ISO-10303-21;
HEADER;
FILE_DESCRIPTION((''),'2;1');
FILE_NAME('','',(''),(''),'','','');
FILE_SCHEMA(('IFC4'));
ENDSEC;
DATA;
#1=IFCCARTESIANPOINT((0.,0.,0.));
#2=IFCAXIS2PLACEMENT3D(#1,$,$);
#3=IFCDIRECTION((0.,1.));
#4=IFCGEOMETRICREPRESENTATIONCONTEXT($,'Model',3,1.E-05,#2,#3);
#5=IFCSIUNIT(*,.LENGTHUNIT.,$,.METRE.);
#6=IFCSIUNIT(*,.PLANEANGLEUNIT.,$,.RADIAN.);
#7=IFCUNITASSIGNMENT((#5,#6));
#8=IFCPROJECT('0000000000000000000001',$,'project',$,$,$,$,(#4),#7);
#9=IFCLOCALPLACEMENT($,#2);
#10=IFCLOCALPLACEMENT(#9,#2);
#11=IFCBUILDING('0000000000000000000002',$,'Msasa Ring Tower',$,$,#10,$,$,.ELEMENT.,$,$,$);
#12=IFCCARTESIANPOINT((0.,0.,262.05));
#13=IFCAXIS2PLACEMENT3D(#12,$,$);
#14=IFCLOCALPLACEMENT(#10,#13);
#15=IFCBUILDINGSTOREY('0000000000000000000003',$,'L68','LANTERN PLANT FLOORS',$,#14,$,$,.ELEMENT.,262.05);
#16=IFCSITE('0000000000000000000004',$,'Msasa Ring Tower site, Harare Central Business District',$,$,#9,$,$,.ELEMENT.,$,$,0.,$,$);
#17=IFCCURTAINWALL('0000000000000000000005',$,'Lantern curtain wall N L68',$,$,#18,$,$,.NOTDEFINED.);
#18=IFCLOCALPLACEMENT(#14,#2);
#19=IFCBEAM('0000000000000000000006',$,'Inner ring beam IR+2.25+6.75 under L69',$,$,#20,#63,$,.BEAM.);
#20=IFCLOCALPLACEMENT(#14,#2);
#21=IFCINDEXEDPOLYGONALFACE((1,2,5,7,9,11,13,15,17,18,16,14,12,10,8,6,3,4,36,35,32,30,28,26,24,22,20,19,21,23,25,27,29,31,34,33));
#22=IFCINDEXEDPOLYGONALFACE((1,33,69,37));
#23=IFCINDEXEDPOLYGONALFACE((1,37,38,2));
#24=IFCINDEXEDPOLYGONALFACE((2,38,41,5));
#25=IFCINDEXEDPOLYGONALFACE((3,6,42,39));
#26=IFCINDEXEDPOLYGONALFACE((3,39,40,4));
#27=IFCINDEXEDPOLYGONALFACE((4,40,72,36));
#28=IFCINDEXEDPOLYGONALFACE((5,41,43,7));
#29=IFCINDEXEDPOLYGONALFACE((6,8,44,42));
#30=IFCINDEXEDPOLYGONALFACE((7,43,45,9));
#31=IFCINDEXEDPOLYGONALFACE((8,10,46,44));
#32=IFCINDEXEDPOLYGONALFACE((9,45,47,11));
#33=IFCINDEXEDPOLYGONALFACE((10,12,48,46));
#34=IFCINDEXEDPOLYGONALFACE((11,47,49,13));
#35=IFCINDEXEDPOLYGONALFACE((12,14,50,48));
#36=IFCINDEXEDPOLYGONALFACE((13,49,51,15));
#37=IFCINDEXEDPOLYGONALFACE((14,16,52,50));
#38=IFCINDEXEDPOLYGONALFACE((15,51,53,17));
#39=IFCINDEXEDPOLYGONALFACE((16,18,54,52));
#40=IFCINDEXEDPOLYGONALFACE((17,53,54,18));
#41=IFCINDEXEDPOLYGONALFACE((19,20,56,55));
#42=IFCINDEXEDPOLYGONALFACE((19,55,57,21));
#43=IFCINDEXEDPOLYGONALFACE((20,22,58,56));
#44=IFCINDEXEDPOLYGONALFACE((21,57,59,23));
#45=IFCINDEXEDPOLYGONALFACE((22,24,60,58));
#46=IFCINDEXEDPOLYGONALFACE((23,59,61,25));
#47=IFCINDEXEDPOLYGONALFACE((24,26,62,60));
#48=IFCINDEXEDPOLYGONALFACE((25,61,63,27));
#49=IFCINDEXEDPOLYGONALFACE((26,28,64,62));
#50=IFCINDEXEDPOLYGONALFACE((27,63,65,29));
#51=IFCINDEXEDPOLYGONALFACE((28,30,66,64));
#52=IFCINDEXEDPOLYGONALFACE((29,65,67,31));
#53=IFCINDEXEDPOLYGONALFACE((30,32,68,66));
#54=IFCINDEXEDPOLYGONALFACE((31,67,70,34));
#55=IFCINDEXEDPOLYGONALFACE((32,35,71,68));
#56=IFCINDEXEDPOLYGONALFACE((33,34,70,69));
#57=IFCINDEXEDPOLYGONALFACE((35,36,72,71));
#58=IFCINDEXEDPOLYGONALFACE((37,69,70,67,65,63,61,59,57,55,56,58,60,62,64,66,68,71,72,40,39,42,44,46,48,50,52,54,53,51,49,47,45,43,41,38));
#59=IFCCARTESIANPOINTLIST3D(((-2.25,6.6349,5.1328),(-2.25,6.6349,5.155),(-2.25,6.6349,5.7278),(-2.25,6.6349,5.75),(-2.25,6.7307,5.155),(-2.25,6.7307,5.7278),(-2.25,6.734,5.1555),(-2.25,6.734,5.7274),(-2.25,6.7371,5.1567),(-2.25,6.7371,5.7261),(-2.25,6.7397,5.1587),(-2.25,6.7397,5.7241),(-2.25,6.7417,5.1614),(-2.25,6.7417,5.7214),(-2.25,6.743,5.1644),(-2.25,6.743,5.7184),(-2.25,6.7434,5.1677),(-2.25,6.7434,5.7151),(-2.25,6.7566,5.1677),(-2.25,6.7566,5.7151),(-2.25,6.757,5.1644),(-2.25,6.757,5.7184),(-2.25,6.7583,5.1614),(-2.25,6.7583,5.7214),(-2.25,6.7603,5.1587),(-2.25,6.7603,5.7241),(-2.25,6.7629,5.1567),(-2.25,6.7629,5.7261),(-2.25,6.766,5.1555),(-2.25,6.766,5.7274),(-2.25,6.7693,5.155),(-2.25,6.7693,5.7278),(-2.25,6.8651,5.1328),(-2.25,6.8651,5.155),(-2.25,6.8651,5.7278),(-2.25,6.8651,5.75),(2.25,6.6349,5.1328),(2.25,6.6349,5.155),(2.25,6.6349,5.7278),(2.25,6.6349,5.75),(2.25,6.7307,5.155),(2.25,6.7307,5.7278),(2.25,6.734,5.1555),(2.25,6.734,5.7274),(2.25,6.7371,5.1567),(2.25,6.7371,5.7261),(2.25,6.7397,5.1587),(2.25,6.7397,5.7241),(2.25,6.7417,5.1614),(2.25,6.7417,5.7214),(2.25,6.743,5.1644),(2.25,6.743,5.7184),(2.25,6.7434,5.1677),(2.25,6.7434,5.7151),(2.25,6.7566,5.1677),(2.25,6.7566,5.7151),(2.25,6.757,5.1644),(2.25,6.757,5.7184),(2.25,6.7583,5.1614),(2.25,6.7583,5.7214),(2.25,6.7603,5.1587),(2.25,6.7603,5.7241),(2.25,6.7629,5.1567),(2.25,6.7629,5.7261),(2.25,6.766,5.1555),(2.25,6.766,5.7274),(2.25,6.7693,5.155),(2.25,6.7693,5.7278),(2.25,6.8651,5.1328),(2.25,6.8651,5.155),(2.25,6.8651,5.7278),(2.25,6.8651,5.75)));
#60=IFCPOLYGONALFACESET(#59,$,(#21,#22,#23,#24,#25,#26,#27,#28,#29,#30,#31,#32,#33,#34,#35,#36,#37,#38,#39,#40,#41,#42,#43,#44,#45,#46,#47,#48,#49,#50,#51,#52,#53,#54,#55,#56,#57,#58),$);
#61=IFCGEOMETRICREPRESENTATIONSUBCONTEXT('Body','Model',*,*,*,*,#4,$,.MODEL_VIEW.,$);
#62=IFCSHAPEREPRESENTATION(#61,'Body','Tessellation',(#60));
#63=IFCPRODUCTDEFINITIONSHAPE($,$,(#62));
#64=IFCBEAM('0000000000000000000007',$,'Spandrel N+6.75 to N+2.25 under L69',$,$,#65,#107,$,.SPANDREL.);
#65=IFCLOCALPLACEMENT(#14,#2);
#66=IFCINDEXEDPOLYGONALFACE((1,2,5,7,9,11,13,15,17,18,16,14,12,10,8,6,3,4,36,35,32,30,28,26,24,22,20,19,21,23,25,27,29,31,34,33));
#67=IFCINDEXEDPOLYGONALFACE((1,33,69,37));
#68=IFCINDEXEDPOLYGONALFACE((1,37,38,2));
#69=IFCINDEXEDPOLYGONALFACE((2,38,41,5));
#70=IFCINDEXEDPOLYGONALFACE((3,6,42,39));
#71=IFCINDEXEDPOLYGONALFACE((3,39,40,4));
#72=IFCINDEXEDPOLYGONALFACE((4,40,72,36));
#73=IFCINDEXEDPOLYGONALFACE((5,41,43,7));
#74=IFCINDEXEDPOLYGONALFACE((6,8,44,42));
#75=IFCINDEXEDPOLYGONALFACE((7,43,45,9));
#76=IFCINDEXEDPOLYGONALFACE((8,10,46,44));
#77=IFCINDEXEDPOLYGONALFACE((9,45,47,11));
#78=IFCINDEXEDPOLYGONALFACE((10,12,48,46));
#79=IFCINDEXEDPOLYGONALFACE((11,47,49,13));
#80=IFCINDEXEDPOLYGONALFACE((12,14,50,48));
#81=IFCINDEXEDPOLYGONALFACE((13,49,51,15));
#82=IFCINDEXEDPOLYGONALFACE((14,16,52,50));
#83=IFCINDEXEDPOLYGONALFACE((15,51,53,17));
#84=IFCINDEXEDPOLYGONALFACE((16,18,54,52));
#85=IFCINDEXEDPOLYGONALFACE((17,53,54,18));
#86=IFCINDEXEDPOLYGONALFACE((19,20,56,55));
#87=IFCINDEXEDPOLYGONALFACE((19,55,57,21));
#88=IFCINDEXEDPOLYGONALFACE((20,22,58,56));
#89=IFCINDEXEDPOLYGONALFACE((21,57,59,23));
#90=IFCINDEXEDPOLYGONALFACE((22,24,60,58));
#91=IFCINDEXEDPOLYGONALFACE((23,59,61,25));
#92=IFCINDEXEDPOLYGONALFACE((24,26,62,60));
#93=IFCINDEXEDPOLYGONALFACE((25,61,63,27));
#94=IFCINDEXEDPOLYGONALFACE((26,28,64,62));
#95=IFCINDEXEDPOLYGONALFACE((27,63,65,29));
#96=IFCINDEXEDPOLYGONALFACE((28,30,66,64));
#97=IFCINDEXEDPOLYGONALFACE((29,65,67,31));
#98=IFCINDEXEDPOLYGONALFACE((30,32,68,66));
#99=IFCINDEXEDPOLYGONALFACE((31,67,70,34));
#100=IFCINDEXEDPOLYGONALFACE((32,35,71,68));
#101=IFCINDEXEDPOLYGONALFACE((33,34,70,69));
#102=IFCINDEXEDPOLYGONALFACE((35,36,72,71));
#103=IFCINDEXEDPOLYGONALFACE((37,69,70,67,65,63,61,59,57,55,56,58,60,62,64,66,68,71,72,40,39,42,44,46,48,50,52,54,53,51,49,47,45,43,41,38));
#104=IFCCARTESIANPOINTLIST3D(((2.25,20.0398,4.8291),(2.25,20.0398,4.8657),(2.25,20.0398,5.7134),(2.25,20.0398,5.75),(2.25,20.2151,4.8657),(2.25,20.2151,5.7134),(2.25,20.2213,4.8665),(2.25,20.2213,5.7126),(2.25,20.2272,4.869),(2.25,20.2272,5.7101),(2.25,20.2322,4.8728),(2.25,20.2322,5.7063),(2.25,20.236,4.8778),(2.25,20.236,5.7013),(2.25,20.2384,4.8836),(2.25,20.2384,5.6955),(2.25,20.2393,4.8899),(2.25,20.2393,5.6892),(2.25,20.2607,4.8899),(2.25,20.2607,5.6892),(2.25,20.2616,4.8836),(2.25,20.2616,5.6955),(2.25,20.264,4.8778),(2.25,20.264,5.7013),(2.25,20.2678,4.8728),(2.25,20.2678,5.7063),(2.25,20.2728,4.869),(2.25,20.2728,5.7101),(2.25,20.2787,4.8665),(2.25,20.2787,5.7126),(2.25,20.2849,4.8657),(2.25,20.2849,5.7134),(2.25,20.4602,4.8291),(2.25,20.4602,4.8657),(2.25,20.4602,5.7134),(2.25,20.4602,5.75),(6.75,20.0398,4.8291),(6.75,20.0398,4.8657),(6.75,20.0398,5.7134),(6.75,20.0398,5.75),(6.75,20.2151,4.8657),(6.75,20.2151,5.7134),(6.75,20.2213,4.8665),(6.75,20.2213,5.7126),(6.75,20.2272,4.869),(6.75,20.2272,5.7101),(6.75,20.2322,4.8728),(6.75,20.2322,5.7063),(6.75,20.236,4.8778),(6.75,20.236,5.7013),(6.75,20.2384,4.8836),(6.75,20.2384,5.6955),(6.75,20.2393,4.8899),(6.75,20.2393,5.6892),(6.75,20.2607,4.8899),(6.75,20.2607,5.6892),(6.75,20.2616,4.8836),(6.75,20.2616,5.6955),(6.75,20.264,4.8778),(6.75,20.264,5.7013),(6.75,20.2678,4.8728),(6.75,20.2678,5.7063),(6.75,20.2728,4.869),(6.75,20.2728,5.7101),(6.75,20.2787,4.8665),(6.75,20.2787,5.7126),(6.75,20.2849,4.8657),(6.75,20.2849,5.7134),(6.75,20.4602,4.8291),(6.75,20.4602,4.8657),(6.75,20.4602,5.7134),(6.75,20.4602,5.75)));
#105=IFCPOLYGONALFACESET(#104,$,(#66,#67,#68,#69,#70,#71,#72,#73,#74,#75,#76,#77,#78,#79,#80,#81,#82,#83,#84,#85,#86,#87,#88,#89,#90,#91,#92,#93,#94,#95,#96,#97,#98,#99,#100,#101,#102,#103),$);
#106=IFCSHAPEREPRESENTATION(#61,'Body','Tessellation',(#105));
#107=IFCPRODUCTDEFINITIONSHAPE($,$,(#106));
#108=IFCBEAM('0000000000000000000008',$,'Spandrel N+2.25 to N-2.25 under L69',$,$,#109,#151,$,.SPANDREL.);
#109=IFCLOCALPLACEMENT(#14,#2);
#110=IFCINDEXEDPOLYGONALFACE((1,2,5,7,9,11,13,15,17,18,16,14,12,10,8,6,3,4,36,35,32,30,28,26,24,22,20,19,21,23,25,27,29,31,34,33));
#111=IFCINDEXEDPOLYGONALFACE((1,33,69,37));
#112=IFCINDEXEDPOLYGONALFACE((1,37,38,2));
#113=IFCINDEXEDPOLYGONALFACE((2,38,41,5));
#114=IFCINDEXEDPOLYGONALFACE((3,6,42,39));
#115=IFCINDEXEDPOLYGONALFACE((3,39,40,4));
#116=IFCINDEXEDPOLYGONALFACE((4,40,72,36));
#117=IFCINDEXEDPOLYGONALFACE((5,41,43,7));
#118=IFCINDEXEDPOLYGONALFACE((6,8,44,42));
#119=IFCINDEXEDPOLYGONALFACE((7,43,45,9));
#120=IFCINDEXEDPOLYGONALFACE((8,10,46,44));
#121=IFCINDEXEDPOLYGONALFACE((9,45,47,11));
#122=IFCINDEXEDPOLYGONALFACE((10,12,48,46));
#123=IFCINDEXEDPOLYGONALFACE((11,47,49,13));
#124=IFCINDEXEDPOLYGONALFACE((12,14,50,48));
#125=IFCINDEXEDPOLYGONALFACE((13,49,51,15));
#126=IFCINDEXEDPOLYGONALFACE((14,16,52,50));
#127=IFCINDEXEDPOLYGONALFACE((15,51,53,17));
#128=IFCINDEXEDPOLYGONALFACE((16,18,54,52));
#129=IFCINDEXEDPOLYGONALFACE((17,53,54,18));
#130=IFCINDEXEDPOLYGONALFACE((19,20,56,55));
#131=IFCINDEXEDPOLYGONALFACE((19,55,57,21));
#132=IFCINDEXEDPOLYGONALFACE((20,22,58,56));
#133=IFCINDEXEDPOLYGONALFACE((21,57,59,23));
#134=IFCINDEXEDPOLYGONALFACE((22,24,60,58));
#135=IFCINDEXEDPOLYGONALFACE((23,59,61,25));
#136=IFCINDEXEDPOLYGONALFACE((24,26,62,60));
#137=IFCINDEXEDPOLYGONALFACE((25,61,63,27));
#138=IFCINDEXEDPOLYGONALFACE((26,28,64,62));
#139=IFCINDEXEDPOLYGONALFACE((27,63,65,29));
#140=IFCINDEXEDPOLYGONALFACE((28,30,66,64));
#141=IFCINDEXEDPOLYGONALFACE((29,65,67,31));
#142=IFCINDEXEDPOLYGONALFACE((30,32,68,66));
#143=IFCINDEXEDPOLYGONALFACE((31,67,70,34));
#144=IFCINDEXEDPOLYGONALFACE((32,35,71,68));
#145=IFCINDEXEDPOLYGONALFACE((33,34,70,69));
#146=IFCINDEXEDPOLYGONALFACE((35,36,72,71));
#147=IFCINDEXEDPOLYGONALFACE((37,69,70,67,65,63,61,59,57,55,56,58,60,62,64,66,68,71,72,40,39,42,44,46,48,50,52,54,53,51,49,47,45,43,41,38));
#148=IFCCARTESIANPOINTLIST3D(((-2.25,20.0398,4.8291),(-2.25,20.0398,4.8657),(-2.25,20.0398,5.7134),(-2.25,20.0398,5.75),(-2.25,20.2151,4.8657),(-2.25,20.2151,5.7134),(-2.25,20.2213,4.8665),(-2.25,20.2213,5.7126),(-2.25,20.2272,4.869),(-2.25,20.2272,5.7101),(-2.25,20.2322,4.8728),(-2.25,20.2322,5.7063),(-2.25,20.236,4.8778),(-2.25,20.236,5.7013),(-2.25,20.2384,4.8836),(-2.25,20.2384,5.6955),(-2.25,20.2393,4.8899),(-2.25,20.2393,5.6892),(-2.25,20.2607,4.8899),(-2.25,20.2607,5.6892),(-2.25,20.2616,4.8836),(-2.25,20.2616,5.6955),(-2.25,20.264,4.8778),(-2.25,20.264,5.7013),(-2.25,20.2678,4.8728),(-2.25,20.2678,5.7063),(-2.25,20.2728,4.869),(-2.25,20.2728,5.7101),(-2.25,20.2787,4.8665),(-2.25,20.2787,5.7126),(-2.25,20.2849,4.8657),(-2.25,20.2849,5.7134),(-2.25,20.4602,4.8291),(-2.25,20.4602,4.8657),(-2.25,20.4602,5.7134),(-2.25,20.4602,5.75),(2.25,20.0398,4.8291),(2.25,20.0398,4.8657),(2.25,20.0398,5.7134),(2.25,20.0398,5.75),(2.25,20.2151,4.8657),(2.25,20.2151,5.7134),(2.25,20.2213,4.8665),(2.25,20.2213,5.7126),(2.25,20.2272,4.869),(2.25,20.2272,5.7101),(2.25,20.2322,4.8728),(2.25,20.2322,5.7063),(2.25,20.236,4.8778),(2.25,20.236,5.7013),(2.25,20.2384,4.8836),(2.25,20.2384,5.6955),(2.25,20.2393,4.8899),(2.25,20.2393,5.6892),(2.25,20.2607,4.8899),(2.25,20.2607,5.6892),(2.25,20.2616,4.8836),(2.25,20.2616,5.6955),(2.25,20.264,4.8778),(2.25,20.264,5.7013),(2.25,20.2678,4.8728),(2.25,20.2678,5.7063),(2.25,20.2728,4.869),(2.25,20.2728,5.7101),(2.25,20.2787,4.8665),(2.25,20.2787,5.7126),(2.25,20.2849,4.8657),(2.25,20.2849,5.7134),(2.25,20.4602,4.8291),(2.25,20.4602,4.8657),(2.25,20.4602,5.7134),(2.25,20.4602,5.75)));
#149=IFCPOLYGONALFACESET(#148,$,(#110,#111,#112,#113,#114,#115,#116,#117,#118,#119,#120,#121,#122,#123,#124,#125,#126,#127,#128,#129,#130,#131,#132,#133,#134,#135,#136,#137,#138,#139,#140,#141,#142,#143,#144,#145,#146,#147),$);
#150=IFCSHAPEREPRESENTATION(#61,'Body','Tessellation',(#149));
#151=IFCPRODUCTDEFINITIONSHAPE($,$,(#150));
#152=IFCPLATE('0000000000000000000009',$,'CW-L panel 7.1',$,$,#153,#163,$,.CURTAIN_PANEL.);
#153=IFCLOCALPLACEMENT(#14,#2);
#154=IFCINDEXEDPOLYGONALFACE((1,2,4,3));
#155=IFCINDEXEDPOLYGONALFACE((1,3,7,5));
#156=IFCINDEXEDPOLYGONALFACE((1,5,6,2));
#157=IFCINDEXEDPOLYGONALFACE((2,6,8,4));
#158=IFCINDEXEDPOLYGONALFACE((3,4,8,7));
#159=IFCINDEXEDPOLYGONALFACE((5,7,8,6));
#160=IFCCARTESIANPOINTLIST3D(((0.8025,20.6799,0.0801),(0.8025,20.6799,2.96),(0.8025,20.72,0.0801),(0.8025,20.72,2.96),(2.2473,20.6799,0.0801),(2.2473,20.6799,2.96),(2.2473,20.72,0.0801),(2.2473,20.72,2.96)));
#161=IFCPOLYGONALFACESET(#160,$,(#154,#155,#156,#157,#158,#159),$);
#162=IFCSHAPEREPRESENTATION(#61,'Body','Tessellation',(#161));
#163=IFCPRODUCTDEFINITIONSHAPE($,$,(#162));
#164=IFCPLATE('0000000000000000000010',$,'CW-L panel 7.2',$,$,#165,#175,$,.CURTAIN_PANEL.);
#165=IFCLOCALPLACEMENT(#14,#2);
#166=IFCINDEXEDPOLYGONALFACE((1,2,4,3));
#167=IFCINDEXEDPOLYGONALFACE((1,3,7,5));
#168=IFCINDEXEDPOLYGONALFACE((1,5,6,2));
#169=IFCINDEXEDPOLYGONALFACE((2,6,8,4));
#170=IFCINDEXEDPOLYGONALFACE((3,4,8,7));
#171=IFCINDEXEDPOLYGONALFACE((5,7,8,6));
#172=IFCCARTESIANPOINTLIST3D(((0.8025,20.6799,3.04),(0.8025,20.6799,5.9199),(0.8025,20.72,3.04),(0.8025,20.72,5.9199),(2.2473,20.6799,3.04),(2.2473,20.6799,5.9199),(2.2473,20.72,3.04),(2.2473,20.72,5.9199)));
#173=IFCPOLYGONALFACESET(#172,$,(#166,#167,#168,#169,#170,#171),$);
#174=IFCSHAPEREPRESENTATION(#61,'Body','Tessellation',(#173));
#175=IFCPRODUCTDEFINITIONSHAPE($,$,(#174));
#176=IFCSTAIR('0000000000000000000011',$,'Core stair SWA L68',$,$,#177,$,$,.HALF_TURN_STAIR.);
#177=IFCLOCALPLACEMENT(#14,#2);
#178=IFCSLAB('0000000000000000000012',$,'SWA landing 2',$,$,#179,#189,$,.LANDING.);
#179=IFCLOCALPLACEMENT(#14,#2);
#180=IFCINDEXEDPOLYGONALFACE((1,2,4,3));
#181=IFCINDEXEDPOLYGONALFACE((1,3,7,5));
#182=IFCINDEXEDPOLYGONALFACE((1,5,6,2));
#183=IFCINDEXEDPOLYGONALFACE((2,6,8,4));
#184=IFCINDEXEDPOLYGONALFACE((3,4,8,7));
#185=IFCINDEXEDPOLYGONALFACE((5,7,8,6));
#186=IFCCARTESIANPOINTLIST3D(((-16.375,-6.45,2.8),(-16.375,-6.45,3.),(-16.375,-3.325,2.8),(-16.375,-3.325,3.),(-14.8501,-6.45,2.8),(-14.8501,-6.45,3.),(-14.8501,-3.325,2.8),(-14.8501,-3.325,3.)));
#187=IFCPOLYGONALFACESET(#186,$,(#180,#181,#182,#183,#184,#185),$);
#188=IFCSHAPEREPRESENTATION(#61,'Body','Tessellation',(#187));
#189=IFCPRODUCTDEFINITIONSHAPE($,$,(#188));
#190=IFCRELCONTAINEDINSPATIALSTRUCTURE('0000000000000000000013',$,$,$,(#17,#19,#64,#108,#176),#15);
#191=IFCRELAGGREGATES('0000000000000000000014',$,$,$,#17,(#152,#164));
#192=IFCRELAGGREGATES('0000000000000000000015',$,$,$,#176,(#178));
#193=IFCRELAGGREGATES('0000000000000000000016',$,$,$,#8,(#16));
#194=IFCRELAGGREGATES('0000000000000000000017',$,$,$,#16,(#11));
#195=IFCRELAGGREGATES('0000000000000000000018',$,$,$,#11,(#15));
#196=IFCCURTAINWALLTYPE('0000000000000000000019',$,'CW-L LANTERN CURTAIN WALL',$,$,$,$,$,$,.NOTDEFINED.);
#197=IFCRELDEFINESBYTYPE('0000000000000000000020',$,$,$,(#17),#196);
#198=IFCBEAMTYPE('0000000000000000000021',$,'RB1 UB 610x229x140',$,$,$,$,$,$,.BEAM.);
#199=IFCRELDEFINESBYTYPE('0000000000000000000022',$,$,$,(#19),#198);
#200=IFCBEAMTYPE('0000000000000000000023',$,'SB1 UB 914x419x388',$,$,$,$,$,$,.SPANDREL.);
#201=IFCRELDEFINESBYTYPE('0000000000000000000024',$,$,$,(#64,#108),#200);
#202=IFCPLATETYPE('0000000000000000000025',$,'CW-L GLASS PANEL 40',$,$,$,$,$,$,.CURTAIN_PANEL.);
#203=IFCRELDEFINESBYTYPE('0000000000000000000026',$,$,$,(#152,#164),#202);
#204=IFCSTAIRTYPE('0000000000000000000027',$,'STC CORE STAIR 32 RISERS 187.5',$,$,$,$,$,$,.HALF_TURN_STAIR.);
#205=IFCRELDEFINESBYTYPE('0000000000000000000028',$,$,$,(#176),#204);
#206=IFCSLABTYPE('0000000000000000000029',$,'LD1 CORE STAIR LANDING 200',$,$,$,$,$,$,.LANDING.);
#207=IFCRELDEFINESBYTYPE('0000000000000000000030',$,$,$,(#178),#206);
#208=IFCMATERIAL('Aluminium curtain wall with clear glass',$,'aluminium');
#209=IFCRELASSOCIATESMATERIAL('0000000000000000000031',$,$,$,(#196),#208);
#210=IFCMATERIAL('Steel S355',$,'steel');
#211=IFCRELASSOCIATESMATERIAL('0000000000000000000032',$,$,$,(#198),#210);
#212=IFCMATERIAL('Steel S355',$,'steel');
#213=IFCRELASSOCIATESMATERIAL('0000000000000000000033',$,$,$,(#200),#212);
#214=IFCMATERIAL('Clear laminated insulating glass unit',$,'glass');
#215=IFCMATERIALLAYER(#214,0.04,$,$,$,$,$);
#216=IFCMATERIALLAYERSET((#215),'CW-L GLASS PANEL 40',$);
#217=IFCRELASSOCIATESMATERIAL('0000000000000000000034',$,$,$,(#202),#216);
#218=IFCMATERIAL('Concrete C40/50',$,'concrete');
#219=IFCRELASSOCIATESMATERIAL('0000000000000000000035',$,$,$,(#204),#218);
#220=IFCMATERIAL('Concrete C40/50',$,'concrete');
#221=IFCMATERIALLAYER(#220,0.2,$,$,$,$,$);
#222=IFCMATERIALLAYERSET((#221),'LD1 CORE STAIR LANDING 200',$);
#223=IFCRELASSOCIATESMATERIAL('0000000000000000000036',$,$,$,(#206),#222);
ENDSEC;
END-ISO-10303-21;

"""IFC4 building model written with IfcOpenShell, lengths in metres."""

from ifc_helpers import new_model, si_unit, direction, frame, origin, origin_2d, place, context, subcontext, project, spatial, polyline, rectangle, i_section, outline, extrude, material, layer, layer_set, material_profile, profile_set, type_object, element, aggregate, save


model = new_model("IFC4")

# Units and contexts
model_context = context("Model", 3, precision=1e-05, world=origin(), true_north=direction((0.0, 1.0)))
body_context = subcontext(model_context, "Body", "Model", "MODEL_VIEW")
ifc_project = project(units=[si_unit("LENGTHUNIT", "METRE"), si_unit("PLANEANGLEUNIT", "RADIAN")], contexts=[model_context])

# Site, building, storey
site_placement = place(None, origin())
site = spatial("IfcSite", under=ifc_project, at=site_placement, Name="Msasa Ring Tower site, Harare Central Business District", CompositionType="ELEMENT", RefElevation=0.0)
building_placement = place(site_placement, origin())
building = spatial("IfcBuilding", under=site, at=building_placement, Name="Msasa Ring Tower", CompositionType="ELEMENT")
storey_placement = place(building_placement, frame((0.0, 0.0, 262.05)))
storey = spatial("IfcBuildingStorey", under=building, at=storey_placement, Name="L68", Description="LANTERN PLANT FLOORS", CompositionType="ELEMENT", Elevation=262.05)

# Curtain wall
ifc_material_1 = material(Name="Aluminium curtain wall with clear glass", Category="aluminium")
curtain_wall_type = type_object("IfcCurtainWallType", Name="CW-L LANTERN CURTAIN WALL", PredefinedType="NOTDEFINED", material=ifc_material_1)
curtain_wall_placement = place(storey_placement, origin())
curtain_wall = element("IfcCurtainWall", 1, at=curtain_wall_placement, inside=storey, type_object=curtain_wall_type, Name="Lantern curtain wall N L68", PredefinedType="NOTDEFINED")

# Beams
ifc_material_2 = material(Name="Steel S355", Category="steel")
ifc_material_profile_1 = material_profile(ifc_material_2, i_section(OverallWidth=0.2302, OverallDepth=0.6172, WebThickness=0.0132, FlangeThickness=0.0222, FilletRadius=0.0127, at=origin_2d()), Name="UB 610x229x140")
ifc_profile_set_1 = profile_set([ifc_material_profile_1], Name="Steel S355")
beam_type_1 = type_object("IfcBeamType", Name="RB1 UB 610x229x140", PredefinedType="BEAM", material=ifc_profile_set_1)
for number, where, z_axis, x_axis, name in (
    (2, (2.25, 6.75, 5.4414), (-1.0, 0.0, 0.0), (0.0, -1.0, 0.0), "Inner ring beam IR+2.25+6.75 under L69"),
):
    element("IfcBeam", number, at=place(storey_placement, frame(where, z_axis=z_axis, x_axis=x_axis)), inside=storey, type_object=beam_type_1, Name=name, PredefinedType="BEAM", context=body_context, shape_type="SweptSolid", body=[
        extrude(i_section(OverallWidth=0.2302, OverallDepth=0.6172, WebThickness=0.0132, FlangeThickness=0.0222, FilletRadius=0.0127, at=origin_2d()), origin(), (0.0, 0.0, 1.0), 4.5),
    ])
ifc_material_3 = material(Name="Steel S355", Category="steel")
ifc_material_profile_2 = material_profile(ifc_material_3, i_section(OverallWidth=0.4204, OverallDepth=0.9209, WebThickness=0.0215, FlangeThickness=0.0366, FilletRadius=0.0242, at=origin_2d()), Name="UB 914x419x388")
ifc_profile_set_2 = profile_set([ifc_material_profile_2], Name="Steel S355")
beam_type_2 = type_object("IfcBeamType", Name="SB1 UB 914x419x388", PredefinedType="SPANDREL", material=ifc_profile_set_2)
for number, where, z_axis, x_axis, name in (
    (3, (6.75, 20.25, 5.2896), (-1.0, 0.0, 0.0), (0.0, -1.0, 0.0), "Spandrel N+6.75 to N+2.25 under L69"),
    (4, (2.25, 20.25, 5.2896), (-1.0, 0.0, 0.0), (0.0, -1.0, 0.0), "Spandrel N+2.25 to N-2.25 under L69"),
):
    element("IfcBeam", number, at=place(storey_placement, frame(where, z_axis=z_axis, x_axis=x_axis)), inside=storey, type_object=beam_type_2, Name=name, PredefinedType="SPANDREL", context=body_context, shape_type="SweptSolid", body=[
        extrude(i_section(OverallWidth=0.4204, OverallDepth=0.9209, WebThickness=0.0215, FlangeThickness=0.0366, FilletRadius=0.0242, at=origin_2d()), origin(), (0.0, 0.0, 1.0), 4.5),
    ])

# Plates
ifc_material_4 = material(Name="Clear laminated insulating glass unit", Category="glass")
ifc_layer_1 = layer(ifc_material_4, 0.04)
ifc_layer_set_1 = layer_set([ifc_layer_1], Name="CW-L GLASS PANEL 40")
plate_type = type_object("IfcPlateType", Name="CW-L GLASS PANEL 40", PredefinedType="CURTAIN_PANEL", material=ifc_layer_set_1)
plate_1_placement = place(storey_placement, frame((1.5249, 20.7, 0.0801), z_axis=(0.0, 0.0, 1.0), x_axis=(-1.0, 0.0, 0.0)))
plate_1 = element("IfcPlate", 5, at=plate_1_placement, type_object=plate_type, Name="CW-L panel 7.1", PredefinedType="CURTAIN_PANEL", context=body_context, shape_type="SweptSolid", body=[
    extrude(rectangle(XDim=1.4448, YDim=0.04, at=origin_2d()), origin(), (0.0, 0.0, 1.0), 2.8799),
])
plate_2_placement = place(storey_placement, frame((1.5249, 20.7, 3.04), z_axis=(0.0, 0.0, 1.0), x_axis=(-1.0, 0.0, 0.0)))
plate_2 = element("IfcPlate", 6, at=plate_2_placement, type_object=plate_type, Name="CW-L panel 7.2", PredefinedType="CURTAIN_PANEL", context=body_context, shape_type="SweptSolid", body=[
    extrude(rectangle(XDim=1.4448, YDim=0.04, at=origin_2d()), origin(), (0.0, 0.0, 1.0), 2.8799),
])
aggregate(curtain_wall, [plate_1, plate_2])

# Stair, slab
ifc_material_5 = material(Name="Concrete C40/50", Category="concrete")
stair_type = type_object("IfcStairType", Name="STC CORE STAIR 32 RISERS 187.5", PredefinedType="HALF_TURN_STAIR", material=ifc_material_5)
stair_1_placement = place(storey_placement, origin())
stair_1 = element("IfcStair", 7, at=stair_1_placement, inside=storey, type_object=stair_type, Name="Core stair SWA L68", PredefinedType="HALF_TURN_STAIR")
ifc_material_6 = material(Name="Concrete C40/50", Category="concrete")
ifc_layer_2 = layer(ifc_material_6, 0.2)
ifc_layer_set_2 = layer_set([ifc_layer_2], Name="LD1 CORE STAIR LANDING 200")
slab_type = type_object("IfcSlabType", Name="LD1 CORE STAIR LANDING 200", PredefinedType="LANDING", material=ifc_layer_set_2)
slab_1_placement = place(storey_placement, frame((0.0, 0.0, 2.8)))
slab_1 = element("IfcSlab", 8, at=slab_1_placement, type_object=slab_type, Name="SWA landing 2", PredefinedType="LANDING", context=body_context, shape_type="SweptSolid", body=[
    extrude(outline(polyline([(-16.375, -6.45), (-14.8501, -6.45), (-14.8501, -3.325), (-16.375, -3.325), (-16.375, -6.45)])), origin(), (0.0, 0.0, 1.0), 0.2),
])
aggregate(stair_1, [slab_1])

save(model, "model.ifc")
